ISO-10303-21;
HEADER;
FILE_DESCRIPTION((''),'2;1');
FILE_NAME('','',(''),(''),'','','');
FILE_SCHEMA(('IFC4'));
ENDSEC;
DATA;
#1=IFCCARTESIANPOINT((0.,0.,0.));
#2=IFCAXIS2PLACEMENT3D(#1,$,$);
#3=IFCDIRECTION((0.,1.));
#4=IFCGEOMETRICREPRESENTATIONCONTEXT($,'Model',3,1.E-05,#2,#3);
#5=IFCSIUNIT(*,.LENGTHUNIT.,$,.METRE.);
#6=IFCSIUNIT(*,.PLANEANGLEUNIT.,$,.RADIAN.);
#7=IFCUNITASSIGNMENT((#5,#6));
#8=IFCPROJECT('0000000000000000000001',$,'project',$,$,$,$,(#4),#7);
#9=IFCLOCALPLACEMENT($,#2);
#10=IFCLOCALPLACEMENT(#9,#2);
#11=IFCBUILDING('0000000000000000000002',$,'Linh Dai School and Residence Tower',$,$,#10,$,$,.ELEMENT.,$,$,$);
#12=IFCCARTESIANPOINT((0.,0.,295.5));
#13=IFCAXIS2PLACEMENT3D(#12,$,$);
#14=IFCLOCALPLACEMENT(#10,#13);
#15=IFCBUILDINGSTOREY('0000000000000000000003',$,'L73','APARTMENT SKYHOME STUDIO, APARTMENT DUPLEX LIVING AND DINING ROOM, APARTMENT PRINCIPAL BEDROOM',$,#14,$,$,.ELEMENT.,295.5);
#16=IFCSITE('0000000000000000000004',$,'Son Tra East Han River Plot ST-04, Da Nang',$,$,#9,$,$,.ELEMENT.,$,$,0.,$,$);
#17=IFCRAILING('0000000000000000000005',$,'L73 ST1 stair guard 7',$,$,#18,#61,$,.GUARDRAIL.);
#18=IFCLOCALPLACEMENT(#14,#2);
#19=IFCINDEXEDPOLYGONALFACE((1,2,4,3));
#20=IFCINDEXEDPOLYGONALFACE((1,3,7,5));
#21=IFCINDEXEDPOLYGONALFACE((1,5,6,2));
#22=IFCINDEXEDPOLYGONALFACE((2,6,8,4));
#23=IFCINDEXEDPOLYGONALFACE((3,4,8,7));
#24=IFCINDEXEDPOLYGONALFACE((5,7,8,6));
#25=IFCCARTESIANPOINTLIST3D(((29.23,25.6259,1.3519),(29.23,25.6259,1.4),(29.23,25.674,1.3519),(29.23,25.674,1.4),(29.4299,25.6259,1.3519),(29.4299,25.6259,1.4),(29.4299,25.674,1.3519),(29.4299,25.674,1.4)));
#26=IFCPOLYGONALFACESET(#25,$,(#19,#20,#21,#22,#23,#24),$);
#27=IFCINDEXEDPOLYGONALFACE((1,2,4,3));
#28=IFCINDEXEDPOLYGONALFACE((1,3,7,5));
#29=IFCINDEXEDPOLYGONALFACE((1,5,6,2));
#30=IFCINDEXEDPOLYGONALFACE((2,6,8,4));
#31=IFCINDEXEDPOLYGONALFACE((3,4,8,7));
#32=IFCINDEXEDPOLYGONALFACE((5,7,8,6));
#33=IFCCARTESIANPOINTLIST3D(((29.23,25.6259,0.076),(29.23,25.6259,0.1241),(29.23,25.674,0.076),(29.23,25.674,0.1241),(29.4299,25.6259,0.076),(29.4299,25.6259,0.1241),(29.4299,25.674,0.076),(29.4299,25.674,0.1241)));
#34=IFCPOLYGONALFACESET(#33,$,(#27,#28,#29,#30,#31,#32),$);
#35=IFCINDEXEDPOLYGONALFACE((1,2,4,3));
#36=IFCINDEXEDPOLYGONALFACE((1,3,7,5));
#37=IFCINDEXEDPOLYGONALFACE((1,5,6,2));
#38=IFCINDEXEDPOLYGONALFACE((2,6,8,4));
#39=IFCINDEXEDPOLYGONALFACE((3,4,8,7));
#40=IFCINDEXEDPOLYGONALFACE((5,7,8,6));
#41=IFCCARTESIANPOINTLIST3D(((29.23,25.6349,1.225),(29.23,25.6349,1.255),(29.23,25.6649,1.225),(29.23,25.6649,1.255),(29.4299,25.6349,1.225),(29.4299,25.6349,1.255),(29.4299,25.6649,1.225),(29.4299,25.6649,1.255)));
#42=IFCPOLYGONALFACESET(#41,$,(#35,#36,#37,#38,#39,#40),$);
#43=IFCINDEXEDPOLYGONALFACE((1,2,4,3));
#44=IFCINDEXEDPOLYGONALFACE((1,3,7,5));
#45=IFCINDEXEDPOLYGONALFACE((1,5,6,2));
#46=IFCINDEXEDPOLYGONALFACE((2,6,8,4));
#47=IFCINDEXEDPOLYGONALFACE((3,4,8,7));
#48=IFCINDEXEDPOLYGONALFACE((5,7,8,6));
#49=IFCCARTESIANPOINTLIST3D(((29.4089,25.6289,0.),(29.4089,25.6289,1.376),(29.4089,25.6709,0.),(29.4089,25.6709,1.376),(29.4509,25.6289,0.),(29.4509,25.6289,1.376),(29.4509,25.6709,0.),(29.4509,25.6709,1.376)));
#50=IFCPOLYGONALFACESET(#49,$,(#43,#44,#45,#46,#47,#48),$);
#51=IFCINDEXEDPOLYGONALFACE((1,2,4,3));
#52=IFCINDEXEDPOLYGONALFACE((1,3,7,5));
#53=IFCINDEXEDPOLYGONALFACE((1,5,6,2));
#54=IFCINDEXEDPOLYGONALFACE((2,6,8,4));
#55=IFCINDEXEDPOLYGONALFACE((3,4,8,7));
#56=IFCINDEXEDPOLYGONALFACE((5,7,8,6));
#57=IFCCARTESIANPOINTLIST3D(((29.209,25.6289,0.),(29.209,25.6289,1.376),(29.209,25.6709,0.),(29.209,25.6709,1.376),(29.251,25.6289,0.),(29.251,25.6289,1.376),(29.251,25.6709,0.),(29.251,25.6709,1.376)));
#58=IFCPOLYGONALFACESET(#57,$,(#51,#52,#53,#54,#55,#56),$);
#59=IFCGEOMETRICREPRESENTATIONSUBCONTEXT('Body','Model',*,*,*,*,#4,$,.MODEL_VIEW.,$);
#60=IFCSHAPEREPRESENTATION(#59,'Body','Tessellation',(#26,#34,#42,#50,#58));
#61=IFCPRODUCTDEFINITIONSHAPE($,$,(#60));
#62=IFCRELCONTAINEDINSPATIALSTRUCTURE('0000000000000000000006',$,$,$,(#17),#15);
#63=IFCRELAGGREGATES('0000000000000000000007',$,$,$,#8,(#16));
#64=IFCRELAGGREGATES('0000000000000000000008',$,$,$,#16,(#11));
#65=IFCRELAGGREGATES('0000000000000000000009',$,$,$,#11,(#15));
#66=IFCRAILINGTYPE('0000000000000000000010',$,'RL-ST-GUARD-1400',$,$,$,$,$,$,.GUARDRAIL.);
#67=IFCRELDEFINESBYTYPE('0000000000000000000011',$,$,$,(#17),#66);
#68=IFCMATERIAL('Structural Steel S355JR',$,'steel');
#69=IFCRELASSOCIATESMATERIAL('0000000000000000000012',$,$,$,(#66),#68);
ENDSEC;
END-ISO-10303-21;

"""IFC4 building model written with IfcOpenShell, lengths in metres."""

from ifc_helpers import new_model, si_unit, direction, frame, origin, origin_2d, place, context, subcontext, project, spatial, rectangle, extrude, source, transform, mapped, material, type_object, element, save


model = new_model("IFC4")

# Units and contexts
model_context = context("Model", 3, precision=1e-05, world=origin(), true_north=direction((0.0, 1.0)))
body_context = subcontext(model_context, "Body", "Model", "MODEL_VIEW")
ifc_project = project(units=[si_unit("LENGTHUNIT", "METRE"), si_unit("PLANEANGLEUNIT", "RADIAN")], contexts=[model_context])

# Site, building, storey
site_placement = place(None, origin())
site = spatial("IfcSite", under=ifc_project, at=site_placement, Name="Son Tra East Han River Plot ST-04, Da Nang", CompositionType="ELEMENT", RefElevation=0.0)
building_placement = place(site_placement, origin())
building = spatial("IfcBuilding", under=site, at=building_placement, Name="Linh Dai School and Residence Tower", CompositionType="ELEMENT")
storey_placement = place(building_placement, frame((0.0, 0.0, 295.5)))
storey = spatial("IfcBuildingStorey", under=building, at=storey_placement, Name="L73", Description="APARTMENT SKYHOME STUDIO, APARTMENT DUPLEX LIVING AND DINING ROOM, APARTMENT PRINCIPAL BEDROOM", CompositionType="ELEMENT", Elevation=295.5)

# Shared definitions
ifc_material_1 = material(Name="Structural Steel S355JR", Category="steel")

# Railing
railing_type_1 = type_object("IfcRailingType", Name="RL-ST-GUARD-1400", PredefinedType="GUARDRAIL", material=ifc_material_1)
shared_shape_1 = source(origin(), body_context, "Body", "SweptSolid", [
    extrude(rectangle(XDim=0.0481, YDim=0.0481, at=origin_2d()), frame((0.0, 0.0, 1.376), z_axis=(-1.0, 0.0, 0.0), x_axis=(0.0, -1.0, 0.0)), (0.0, 0.0, 1.0), 0.2),
    extrude(rectangle(XDim=0.0481, YDim=0.0481, at=origin_2d()), frame((0.0, 0.0, 0.1001), z_axis=(-1.0, 0.0, 0.0), x_axis=(0.0, -1.0, 0.0)), (0.0, 0.0, 1.0), 0.2),
    extrude(rectangle(XDim=0.03, YDim=0.03, at=origin_2d()), frame((0.0, 0.0, 1.24), z_axis=(-1.0, 0.0, 0.0), x_axis=(0.0, -1.0, 0.0)), (0.0, 0.0, 1.0), 0.2),
    extrude(rectangle(XDim=0.042, YDim=0.042, at=origin_2d()), origin(), (0.0, 0.0, 1.0), 1.376),
    extrude(rectangle(XDim=0.042, YDim=0.042, at=origin_2d()), frame((-0.2, 0.0, 0.0)), (0.0, 0.0, 1.0), 1.376),
])
railing_1_placement = place(storey_placement, frame((29.4299, 25.6499, 0.0)))
element("IfcRailing", 1, at=railing_1_placement, inside=storey, type_object=railing_type_1, Name="L73 ST1 stair guard 7", PredefinedType="GUARDRAIL", context=body_context, shape_type="MappedRepresentation", body=[
    mapped(shared_shape_1, transform((0.0, 0.0, 0.0), x_axis=(1.0, 0.0, 0.0), y_axis=(0.0, 1.0, 0.0), z_axis=(0.0, 0.0, 1.0), scale=1.0)),
])

save(model, "model.ifc")
